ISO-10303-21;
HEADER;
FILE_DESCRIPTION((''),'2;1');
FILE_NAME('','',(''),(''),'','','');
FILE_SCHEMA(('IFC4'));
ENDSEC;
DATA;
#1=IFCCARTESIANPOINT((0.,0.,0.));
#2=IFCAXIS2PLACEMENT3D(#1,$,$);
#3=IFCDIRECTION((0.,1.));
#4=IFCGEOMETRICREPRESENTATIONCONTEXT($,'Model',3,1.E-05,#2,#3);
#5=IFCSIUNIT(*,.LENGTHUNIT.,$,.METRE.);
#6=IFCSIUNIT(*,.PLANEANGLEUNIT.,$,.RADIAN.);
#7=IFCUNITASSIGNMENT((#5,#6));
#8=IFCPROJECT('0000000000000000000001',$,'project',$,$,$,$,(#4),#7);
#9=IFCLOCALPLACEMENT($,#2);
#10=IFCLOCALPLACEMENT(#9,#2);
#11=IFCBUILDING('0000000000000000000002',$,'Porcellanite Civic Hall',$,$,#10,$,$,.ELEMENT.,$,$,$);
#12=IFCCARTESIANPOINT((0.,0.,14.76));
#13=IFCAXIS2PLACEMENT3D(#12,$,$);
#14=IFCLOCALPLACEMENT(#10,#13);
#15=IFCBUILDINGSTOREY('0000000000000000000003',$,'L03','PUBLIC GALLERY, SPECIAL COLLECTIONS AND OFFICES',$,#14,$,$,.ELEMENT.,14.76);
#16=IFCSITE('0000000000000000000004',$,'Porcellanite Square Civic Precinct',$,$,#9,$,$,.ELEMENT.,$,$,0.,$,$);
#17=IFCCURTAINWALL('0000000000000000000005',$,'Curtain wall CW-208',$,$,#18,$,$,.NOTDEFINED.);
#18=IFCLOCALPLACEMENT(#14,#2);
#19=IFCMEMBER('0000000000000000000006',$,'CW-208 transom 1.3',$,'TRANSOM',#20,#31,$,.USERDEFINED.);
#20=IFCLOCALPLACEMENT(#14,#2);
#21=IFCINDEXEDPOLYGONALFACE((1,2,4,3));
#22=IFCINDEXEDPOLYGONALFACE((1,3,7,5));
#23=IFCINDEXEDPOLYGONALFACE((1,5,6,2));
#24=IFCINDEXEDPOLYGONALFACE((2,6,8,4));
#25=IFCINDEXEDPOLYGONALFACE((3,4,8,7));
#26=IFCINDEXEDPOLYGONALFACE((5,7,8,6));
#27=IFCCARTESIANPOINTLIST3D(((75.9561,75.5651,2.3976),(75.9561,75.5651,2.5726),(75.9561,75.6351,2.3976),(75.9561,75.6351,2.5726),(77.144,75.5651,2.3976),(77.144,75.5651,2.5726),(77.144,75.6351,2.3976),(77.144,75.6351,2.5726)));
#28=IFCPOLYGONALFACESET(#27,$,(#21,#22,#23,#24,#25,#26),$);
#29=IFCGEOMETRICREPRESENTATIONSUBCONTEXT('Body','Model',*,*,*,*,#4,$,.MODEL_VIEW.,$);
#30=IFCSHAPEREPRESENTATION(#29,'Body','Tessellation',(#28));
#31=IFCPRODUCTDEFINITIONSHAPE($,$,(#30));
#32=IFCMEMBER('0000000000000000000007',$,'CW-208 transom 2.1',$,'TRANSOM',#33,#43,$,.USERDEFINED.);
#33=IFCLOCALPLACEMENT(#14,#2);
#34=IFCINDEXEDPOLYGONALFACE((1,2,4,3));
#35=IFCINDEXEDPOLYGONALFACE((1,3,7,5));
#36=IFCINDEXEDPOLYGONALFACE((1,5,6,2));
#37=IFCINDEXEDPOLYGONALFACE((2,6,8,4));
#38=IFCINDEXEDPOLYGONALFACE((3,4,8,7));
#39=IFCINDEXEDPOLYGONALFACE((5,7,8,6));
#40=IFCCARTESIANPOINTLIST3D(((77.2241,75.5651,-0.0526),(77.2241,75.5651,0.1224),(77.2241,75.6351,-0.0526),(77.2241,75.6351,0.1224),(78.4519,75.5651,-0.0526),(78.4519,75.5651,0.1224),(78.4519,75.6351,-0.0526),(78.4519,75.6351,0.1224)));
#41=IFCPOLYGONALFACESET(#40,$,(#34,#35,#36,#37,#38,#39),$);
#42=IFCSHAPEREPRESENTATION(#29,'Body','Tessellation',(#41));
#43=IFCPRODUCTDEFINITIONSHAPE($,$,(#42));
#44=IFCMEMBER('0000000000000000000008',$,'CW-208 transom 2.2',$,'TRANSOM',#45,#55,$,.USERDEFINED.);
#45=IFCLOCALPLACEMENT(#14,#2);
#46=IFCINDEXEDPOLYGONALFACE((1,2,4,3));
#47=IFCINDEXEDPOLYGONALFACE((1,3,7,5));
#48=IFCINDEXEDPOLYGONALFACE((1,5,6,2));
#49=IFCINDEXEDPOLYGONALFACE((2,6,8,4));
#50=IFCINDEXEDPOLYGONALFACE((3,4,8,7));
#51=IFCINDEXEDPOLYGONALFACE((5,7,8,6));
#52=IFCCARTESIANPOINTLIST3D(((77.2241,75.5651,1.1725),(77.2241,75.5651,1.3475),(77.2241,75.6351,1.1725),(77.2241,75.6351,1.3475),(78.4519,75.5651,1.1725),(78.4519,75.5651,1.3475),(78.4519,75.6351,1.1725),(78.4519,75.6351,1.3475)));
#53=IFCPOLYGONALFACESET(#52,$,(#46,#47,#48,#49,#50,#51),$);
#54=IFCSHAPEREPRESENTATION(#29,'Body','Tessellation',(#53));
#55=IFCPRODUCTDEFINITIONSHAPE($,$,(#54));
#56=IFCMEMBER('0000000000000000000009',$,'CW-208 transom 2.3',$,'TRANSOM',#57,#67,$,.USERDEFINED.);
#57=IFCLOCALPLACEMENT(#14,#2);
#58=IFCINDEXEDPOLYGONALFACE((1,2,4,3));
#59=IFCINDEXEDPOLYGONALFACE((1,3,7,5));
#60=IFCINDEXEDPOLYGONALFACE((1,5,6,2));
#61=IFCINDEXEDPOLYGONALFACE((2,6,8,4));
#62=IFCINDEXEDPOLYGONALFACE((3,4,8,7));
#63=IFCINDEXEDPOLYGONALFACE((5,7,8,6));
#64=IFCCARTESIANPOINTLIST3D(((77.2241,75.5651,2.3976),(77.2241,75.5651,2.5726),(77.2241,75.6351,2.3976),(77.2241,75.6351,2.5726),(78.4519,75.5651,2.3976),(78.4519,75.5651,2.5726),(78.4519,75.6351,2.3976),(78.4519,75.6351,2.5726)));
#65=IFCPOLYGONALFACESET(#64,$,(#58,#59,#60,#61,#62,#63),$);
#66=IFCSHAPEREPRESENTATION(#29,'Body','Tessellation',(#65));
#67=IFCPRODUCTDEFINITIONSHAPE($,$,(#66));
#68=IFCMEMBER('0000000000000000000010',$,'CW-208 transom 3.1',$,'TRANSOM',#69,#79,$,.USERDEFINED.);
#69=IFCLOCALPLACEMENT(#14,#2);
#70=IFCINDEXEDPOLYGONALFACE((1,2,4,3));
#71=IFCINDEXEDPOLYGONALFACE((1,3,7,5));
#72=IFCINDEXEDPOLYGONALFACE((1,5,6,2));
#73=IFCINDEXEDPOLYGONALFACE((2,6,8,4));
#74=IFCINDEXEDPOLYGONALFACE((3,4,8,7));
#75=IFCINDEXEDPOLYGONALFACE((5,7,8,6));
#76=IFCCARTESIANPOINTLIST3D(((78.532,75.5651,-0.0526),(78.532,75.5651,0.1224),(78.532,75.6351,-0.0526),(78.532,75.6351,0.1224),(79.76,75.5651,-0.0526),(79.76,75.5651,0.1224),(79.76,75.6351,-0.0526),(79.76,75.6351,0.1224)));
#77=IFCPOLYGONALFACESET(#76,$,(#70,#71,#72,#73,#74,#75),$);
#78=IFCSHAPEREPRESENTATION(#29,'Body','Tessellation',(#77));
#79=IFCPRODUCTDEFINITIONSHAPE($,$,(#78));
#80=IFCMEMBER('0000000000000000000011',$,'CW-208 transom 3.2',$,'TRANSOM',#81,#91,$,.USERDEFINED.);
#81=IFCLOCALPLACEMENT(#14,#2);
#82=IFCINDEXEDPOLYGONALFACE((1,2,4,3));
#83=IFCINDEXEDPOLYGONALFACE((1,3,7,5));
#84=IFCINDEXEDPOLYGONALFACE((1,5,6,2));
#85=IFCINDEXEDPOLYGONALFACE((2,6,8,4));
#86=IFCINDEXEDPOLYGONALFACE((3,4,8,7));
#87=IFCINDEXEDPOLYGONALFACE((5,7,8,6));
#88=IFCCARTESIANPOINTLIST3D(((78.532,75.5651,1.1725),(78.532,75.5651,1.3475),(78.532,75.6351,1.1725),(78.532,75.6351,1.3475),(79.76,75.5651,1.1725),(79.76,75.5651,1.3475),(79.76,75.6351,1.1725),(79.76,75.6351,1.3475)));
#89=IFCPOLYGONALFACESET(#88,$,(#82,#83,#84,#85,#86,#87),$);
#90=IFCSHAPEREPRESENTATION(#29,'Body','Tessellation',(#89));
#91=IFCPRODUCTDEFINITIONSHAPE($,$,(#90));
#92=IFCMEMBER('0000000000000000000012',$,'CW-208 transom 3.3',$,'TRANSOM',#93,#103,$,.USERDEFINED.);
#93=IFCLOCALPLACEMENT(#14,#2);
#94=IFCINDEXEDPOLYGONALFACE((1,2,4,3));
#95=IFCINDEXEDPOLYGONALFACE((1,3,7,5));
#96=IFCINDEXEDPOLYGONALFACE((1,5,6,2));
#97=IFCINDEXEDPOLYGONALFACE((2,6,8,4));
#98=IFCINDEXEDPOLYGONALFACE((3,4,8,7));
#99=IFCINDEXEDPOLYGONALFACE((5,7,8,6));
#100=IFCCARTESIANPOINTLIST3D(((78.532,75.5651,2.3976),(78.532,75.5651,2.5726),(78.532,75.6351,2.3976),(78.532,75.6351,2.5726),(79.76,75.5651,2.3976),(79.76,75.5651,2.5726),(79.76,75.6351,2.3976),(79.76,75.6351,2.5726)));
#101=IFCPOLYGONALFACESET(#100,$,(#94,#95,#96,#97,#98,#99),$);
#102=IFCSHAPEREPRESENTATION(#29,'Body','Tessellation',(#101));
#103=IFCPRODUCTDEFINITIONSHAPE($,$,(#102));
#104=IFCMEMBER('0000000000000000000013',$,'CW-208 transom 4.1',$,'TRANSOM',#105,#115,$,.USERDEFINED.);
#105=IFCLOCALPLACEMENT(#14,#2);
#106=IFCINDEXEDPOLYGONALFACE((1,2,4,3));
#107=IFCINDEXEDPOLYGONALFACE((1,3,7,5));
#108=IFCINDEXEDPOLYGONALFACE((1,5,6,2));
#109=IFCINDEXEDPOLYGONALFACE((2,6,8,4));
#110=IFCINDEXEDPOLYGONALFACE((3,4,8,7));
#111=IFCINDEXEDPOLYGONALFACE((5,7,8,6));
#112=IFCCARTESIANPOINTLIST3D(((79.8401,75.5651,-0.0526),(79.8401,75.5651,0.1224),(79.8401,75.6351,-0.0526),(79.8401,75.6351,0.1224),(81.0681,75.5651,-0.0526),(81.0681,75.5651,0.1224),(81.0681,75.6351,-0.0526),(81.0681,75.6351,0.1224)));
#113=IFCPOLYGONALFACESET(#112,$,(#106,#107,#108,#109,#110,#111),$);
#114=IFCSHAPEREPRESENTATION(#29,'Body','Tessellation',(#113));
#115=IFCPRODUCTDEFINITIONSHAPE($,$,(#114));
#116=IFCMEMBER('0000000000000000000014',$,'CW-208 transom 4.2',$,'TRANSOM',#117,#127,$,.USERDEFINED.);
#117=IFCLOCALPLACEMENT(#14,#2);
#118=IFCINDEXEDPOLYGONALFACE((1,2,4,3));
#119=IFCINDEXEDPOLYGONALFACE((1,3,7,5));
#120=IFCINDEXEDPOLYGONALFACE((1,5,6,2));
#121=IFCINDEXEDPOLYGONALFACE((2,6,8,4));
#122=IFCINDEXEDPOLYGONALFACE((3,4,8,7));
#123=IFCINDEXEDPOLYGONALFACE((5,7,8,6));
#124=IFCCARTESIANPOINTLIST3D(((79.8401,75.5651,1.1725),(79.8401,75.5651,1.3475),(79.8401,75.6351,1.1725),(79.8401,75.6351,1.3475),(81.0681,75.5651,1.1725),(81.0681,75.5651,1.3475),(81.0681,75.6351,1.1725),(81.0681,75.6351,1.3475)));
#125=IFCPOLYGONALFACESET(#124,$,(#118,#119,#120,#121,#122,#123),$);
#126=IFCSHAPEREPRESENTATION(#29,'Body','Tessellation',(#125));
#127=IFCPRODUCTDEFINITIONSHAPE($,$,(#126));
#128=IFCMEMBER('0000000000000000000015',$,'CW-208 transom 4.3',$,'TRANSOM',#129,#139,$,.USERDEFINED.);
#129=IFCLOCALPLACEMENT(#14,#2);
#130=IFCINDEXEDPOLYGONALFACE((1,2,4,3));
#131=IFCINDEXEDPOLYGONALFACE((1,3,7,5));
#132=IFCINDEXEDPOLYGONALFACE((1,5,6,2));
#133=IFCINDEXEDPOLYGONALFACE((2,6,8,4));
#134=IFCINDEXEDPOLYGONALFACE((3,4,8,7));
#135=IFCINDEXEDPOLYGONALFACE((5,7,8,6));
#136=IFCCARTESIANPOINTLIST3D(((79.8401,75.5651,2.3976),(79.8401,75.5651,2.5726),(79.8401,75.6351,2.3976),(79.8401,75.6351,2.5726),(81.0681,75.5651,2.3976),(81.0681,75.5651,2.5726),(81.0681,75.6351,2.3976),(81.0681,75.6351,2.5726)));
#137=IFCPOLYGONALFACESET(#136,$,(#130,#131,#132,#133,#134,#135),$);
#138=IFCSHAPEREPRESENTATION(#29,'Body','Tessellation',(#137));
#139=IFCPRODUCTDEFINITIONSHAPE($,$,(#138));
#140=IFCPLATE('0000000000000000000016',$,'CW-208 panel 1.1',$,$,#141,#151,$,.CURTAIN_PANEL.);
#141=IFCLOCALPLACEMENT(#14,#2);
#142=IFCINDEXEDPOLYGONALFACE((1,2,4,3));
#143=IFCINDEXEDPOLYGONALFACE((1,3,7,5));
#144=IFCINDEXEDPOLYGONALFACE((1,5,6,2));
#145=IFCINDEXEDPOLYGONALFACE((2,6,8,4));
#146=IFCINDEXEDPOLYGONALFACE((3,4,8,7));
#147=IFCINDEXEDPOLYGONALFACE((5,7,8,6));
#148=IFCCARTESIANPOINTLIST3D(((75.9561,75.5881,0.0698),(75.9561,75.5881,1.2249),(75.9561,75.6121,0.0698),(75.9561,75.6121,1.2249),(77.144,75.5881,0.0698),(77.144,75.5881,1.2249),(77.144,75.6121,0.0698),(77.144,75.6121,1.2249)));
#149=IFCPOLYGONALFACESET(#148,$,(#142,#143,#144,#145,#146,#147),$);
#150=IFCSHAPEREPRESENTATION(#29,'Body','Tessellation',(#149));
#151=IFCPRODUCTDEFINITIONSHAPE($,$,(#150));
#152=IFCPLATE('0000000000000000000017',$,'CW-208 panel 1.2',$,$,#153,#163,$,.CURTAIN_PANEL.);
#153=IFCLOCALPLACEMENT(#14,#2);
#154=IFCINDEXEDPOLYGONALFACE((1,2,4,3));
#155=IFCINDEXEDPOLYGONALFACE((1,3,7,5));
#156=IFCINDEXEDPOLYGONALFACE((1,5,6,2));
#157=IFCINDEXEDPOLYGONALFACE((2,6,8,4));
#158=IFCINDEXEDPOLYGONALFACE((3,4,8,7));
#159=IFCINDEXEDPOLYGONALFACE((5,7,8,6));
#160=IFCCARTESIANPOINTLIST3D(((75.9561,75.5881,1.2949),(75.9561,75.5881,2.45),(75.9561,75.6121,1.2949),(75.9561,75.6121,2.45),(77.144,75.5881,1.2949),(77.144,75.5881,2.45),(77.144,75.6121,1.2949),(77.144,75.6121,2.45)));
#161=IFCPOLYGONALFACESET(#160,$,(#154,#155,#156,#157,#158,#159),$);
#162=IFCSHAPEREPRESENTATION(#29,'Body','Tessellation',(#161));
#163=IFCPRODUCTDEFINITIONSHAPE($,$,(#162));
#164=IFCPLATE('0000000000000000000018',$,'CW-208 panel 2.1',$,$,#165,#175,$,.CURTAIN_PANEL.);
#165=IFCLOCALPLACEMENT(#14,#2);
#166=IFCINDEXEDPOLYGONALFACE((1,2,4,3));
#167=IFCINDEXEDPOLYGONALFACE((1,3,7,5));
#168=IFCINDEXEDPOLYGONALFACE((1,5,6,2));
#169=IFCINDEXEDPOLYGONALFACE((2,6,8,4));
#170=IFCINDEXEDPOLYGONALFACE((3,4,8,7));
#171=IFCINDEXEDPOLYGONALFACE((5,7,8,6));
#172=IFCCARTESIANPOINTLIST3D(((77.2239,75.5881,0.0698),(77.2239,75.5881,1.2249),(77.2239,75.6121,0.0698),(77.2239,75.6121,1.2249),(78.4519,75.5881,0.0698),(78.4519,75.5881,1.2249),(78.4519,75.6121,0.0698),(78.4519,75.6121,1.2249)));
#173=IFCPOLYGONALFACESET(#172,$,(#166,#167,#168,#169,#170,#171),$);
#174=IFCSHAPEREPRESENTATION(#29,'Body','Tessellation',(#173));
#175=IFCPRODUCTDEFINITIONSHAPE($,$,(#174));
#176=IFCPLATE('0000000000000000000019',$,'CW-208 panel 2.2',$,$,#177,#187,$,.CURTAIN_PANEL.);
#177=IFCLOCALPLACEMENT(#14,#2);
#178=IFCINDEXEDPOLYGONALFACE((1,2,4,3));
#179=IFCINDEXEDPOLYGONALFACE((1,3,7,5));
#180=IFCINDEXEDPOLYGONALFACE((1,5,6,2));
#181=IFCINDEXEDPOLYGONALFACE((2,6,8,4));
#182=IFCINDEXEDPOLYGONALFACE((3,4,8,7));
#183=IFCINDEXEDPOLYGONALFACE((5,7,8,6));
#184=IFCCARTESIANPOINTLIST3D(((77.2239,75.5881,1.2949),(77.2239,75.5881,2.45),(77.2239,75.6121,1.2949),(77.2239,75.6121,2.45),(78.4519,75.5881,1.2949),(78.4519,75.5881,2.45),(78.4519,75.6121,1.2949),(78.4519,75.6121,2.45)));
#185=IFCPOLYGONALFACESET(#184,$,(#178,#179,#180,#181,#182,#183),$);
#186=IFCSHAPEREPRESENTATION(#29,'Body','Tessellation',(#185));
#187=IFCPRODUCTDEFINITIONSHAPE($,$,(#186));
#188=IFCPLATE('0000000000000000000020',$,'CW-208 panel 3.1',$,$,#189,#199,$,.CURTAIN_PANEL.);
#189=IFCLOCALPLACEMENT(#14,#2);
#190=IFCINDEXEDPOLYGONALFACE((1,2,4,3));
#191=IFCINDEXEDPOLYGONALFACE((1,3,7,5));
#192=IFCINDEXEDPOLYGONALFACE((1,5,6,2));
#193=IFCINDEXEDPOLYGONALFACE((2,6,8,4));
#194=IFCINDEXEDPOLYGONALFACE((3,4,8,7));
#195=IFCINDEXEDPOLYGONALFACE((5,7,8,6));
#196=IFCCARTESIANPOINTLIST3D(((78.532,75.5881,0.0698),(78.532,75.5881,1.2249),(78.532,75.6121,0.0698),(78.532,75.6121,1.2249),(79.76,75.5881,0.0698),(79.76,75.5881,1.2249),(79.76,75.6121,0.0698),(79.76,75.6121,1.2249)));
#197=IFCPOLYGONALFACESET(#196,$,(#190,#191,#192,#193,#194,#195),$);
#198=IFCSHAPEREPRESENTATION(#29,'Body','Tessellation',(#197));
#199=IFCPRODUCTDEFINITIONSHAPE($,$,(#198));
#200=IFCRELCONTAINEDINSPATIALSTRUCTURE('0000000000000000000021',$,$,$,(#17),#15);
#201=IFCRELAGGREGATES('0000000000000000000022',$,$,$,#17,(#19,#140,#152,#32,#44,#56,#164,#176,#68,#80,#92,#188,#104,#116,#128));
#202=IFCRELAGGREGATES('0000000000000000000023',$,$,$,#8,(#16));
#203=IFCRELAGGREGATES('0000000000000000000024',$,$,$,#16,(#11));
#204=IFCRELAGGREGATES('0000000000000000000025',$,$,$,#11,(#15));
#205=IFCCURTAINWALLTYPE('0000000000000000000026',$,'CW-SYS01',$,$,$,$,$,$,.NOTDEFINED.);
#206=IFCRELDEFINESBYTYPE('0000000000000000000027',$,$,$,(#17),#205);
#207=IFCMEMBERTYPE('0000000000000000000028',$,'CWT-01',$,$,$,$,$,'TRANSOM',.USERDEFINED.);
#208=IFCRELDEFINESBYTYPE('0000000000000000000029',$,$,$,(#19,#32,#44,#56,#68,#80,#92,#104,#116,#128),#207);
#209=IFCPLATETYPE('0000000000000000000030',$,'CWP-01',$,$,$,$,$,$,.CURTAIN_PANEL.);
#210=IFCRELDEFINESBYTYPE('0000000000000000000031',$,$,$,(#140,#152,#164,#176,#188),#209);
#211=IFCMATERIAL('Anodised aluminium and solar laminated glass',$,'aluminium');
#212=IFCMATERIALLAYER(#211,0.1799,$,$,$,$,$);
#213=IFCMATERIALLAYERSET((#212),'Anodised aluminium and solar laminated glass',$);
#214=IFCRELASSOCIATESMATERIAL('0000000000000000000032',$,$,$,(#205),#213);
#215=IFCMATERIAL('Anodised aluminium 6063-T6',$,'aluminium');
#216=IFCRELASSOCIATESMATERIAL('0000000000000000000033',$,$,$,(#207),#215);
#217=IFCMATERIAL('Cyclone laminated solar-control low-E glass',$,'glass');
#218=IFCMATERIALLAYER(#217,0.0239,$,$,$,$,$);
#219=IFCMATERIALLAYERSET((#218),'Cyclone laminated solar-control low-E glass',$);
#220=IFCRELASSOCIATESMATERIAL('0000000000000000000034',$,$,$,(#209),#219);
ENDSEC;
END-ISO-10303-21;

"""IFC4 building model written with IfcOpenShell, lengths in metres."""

from ifc_helpers import new_model, si_unit, direction, frame, origin, origin_2d, place, context, subcontext, project, spatial, rectangle, extrude, material, layer, layer_set, material_profile, profile_set, type_object, element, aggregate, save


model = new_model("IFC4")

# Units and contexts
model_context = context("Model", 3, precision=1e-05, world=origin(), true_north=direction((0.0, 1.0)))
body_context = subcontext(model_context, "Body", "Model", "MODEL_VIEW")
ifc_project = project(units=[si_unit("LENGTHUNIT", "METRE"), si_unit("PLANEANGLEUNIT", "RADIAN")], contexts=[model_context])

# Site, building, storey
site_placement = place(None, origin())
site = spatial("IfcSite", under=ifc_project, at=site_placement, Name="Porcellanite Square Civic Precinct", CompositionType="ELEMENT", RefElevation=0.0)
building_placement = place(site_placement, origin())
building = spatial("IfcBuilding", under=site, at=building_placement, Name="Porcellanite Civic Hall", CompositionType="ELEMENT")
storey_placement = place(building_placement, frame((0.0, 0.0, 14.76)))
storey = spatial("IfcBuildingStorey", under=building, at=storey_placement, Name="L03", Description="PUBLIC GALLERY, SPECIAL COLLECTIONS AND OFFICES", CompositionType="ELEMENT", Elevation=14.76)

# Curtain wall, members, plates
ifc_material_1 = material(Name="Anodised aluminium and solar laminated glass", Category="aluminium")
ifc_layer_1 = layer(ifc_material_1, 0.1799)
ifc_layer_set_1 = layer_set([ifc_layer_1], Name="Anodised aluminium and solar laminated glass")
curtain_wall_type = type_object("IfcCurtainWallType", Name="CW-SYS01", PredefinedType="NOTDEFINED", material=ifc_layer_set_1)
curtain_wall_placement = place(storey_placement, origin())
curtain_wall = element("IfcCurtainWall", 1, at=curtain_wall_placement, inside=storey, type_object=curtain_wall_type, Name="Curtain wall CW-208", PredefinedType="NOTDEFINED")
ifc_material_2 = material(Name="Anodised aluminium 6063-T6", Category="aluminium")
ifc_material_profile_1 = material_profile(ifc_material_2, rectangle(XDim=0.0701, YDim=0.175, at=origin_2d()), Name="AL-70x175")
ifc_profile_set_1 = profile_set([ifc_material_profile_1], Name="Anodised aluminium 6063-T6")
member_type_1 = type_object("IfcMemberType", Name="CWT-01", ElementType="TRANSOM", PredefinedType="USERDEFINED", material=ifc_profile_set_1)
member_1_placement = place(storey_placement, frame((75.9561, 75.6001, 2.4851), z_axis=(1.0, 0.0, 0.0), x_axis=(0.0, 1.0, 0.0)))
member_1 = element("IfcMember", 2, at=member_1_placement, type_object=member_type_1, Name="CW-208 transom 1.3", ObjectType="TRANSOM", PredefinedType="USERDEFINED", context=body_context, shape_type="SweptSolid", body=[
    extrude(rectangle(XDim=0.0701, YDim=0.175, at=origin_2d()), origin(), (0.0, 0.0, 1.0), 1.188),
])
member_2_placement = place(storey_placement, frame((77.2241, 75.6001, 0.0349), z_axis=(1.0, 0.0, 0.0), x_axis=(0.0, 1.0, 0.0)))
member_2 = element("IfcMember", 3, at=member_2_placement, type_object=member_type_1, Name="CW-208 transom 2.1", ObjectType="TRANSOM", PredefinedType="USERDEFINED", context=body_context, shape_type="SweptSolid", body=[
    extrude(rectangle(XDim=0.0701, YDim=0.175, at=origin_2d()), origin(), (0.0, 0.0, 1.0), 1.2278),
])
member_3_placement = place(storey_placement, frame((77.2241, 75.6001, 1.26), z_axis=(1.0, 0.0, 0.0), x_axis=(0.0, 1.0, 0.0)))
member_3 = element("IfcMember", 4, at=member_3_placement, type_object=member_type_1, Name="CW-208 transom 2.2", ObjectType="TRANSOM", PredefinedType="USERDEFINED", context=body_context, shape_type="SweptSolid", body=[
    extrude(rectangle(XDim=0.0701, YDim=0.175, at=origin_2d()), origin(), (0.0, 0.0, 1.0), 1.2278),
])
member_4_placement = place(storey_placement, frame((77.2241, 75.6001, 2.4851), z_axis=(1.0, 0.0, 0.0), x_axis=(0.0, 1.0, 0.0)))
member_4 = element("IfcMember", 5, at=member_4_placement, type_object=member_type_1, Name="CW-208 transom 2.3", ObjectType="TRANSOM", PredefinedType="USERDEFINED", context=body_context, shape_type="SweptSolid", body=[
    extrude(rectangle(XDim=0.0701, YDim=0.175, at=origin_2d()), origin(), (0.0, 0.0, 1.0), 1.2278),
])
member_5_placement = place(storey_placement, frame((78.532, 75.6001, 0.0349), z_axis=(1.0, 0.0, 0.0), x_axis=(0.0, 1.0, 0.0)))
member_5 = element("IfcMember", 6, at=member_5_placement, type_object=member_type_1, Name="CW-208 transom 3.1", ObjectType="TRANSOM", PredefinedType="USERDEFINED", context=body_context, shape_type="SweptSolid", body=[
    extrude(rectangle(XDim=0.0701, YDim=0.175, at=origin_2d()), origin(), (0.0, 0.0, 1.0), 1.228),
])
member_6_placement = place(storey_placement, frame((78.532, 75.6001, 1.26), z_axis=(1.0, 0.0, 0.0), x_axis=(0.0, 1.0, 0.0)))
member_6 = element("IfcMember", 7, at=member_6_placement, type_object=member_type_1, Name="CW-208 transom 3.2", ObjectType="TRANSOM", PredefinedType="USERDEFINED", context=body_context, shape_type="SweptSolid", body=[
    extrude(rectangle(XDim=0.0701, YDim=0.175, at=origin_2d()), origin(), (0.0, 0.0, 1.0), 1.228),
])
member_7_placement = place(storey_placement, frame((78.532, 75.6001, 2.4851), z_axis=(1.0, 0.0, 0.0), x_axis=(0.0, 1.0, 0.0)))
member_7 = element("IfcMember", 8, at=member_7_placement, type_object=member_type_1, Name="CW-208 transom 3.3", ObjectType="TRANSOM", PredefinedType="USERDEFINED", context=body_context, shape_type="SweptSolid", body=[
    extrude(rectangle(XDim=0.0701, YDim=0.175, at=origin_2d()), origin(), (0.0, 0.0, 1.0), 1.228),
])
member_8_placement = place(storey_placement, frame((79.8401, 75.6001, 0.0349), z_axis=(1.0, 0.0, 0.0), x_axis=(0.0, 1.0, 0.0)))
member_8 = element("IfcMember", 9, at=member_8_placement, type_object=member_type_1, Name="CW-208 transom 4.1", ObjectType="TRANSOM", PredefinedType="USERDEFINED", context=body_context, shape_type="SweptSolid", body=[
    extrude(rectangle(XDim=0.0701, YDim=0.175, at=origin_2d()), origin(), (0.0, 0.0, 1.0), 1.228),
])
member_9_placement = place(storey_placement, frame((79.8401, 75.6001, 1.26), z_axis=(1.0, 0.0, 0.0), x_axis=(0.0, 1.0, 0.0)))
member_9 = element("IfcMember", 10, at=member_9_placement, type_object=member_type_1, Name="CW-208 transom 4.2", ObjectType="TRANSOM", PredefinedType="USERDEFINED", context=body_context, shape_type="SweptSolid", body=[
    extrude(rectangle(XDim=0.0701, YDim=0.175, at=origin_2d()), origin(), (0.0, 0.0, 1.0), 1.228),
])
member_10_placement = place(storey_placement, frame((79.8401, 75.6001, 2.4851), z_axis=(1.0, 0.0, 0.0), x_axis=(0.0, 1.0, 0.0)))
member_10 = element("IfcMember", 11, at=member_10_placement, type_object=member_type_1, Name="CW-208 transom 4.3", ObjectType="TRANSOM", PredefinedType="USERDEFINED", context=body_context, shape_type="SweptSolid", body=[
    extrude(rectangle(XDim=0.0701, YDim=0.175, at=origin_2d()), origin(), (0.0, 0.0, 1.0), 1.228),
])
ifc_material_3 = material(Name="Cyclone laminated solar-control low-E glass", Category="glass")
ifc_layer_2 = layer(ifc_material_3, 0.0239)
ifc_layer_set_2 = layer_set([ifc_layer_2], Name="Cyclone laminated solar-control low-E glass")
plate_type = type_object("IfcPlateType", Name="CWP-01", PredefinedType="CURTAIN_PANEL", material=ifc_layer_set_2)
plate_1_placement = place(storey_placement, frame((76.55, 75.6001, 0.0698), z_axis=(0.0, 0.0, 1.0), x_axis=(1.0, 0.0, 0.0)))
plate_1 = element("IfcPlate", 12, at=plate_1_placement, type_object=plate_type, Name="CW-208 panel 1.1", PredefinedType="CURTAIN_PANEL", context=body_context, shape_type="SweptSolid", body=[
    extrude(rectangle(XDim=1.188, YDim=0.0239, at=origin_2d()), origin(), (0.0, 0.0, 1.0), 1.155),
])
plate_2_placement = place(storey_placement, frame((76.55, 75.6001, 1.2949), z_axis=(0.0, 0.0, 1.0), x_axis=(1.0, 0.0, 0.0)))
plate_2 = element("IfcPlate", 13, at=plate_2_placement, type_object=plate_type, Name="CW-208 panel 1.2", PredefinedType="CURTAIN_PANEL", context=body_context, shape_type="SweptSolid", body=[
    extrude(rectangle(XDim=1.188, YDim=0.0239, at=origin_2d()), origin(), (0.0, 0.0, 1.0), 1.155),
])
plate_3_placement = place(storey_placement, frame((77.8379, 75.6001, 0.0698), z_axis=(0.0, 0.0, 1.0), x_axis=(1.0, 0.0, 0.0)))
plate_3 = element("IfcPlate", 14, at=plate_3_placement, type_object=plate_type, Name="CW-208 panel 2.1", PredefinedType="CURTAIN_PANEL", context=body_context, shape_type="SweptSolid", body=[
    extrude(rectangle(XDim=1.228, YDim=0.0239, at=origin_2d()), origin(), (0.0, 0.0, 1.0), 1.155),
])
plate_4_placement = place(storey_placement, frame((77.8379, 75.6001, 1.2949), z_axis=(0.0, 0.0, 1.0), x_axis=(1.0, 0.0, 0.0)))
plate_4 = element("IfcPlate", 15, at=plate_4_placement, type_object=plate_type, Name="CW-208 panel 2.2", PredefinedType="CURTAIN_PANEL", context=body_context, shape_type="SweptSolid", body=[
    extrude(rectangle(XDim=1.228, YDim=0.0239, at=origin_2d()), origin(), (0.0, 0.0, 1.0), 1.155),
])
plate_5_placement = place(storey_placement, frame((79.146, 75.6001, 0.0698), z_axis=(0.0, 0.0, 1.0), x_axis=(1.0, 0.0, 0.0)))
plate_5 = element("IfcPlate", 16, at=plate_5_placement, type_object=plate_type, Name="CW-208 panel 3.1", PredefinedType="CURTAIN_PANEL", context=body_context, shape_type="SweptSolid", body=[
    extrude(rectangle(XDim=1.228, YDim=0.0239, at=origin_2d()), origin(), (0.0, 0.0, 1.0), 1.155),
])
aggregate(curtain_wall, [member_1, plate_1, plate_2, member_2, member_3, member_4, plate_3, plate_4, member_5, member_6, member_7, plate_5, member_8, member_9, member_10])

save(model, "model.ifc")
